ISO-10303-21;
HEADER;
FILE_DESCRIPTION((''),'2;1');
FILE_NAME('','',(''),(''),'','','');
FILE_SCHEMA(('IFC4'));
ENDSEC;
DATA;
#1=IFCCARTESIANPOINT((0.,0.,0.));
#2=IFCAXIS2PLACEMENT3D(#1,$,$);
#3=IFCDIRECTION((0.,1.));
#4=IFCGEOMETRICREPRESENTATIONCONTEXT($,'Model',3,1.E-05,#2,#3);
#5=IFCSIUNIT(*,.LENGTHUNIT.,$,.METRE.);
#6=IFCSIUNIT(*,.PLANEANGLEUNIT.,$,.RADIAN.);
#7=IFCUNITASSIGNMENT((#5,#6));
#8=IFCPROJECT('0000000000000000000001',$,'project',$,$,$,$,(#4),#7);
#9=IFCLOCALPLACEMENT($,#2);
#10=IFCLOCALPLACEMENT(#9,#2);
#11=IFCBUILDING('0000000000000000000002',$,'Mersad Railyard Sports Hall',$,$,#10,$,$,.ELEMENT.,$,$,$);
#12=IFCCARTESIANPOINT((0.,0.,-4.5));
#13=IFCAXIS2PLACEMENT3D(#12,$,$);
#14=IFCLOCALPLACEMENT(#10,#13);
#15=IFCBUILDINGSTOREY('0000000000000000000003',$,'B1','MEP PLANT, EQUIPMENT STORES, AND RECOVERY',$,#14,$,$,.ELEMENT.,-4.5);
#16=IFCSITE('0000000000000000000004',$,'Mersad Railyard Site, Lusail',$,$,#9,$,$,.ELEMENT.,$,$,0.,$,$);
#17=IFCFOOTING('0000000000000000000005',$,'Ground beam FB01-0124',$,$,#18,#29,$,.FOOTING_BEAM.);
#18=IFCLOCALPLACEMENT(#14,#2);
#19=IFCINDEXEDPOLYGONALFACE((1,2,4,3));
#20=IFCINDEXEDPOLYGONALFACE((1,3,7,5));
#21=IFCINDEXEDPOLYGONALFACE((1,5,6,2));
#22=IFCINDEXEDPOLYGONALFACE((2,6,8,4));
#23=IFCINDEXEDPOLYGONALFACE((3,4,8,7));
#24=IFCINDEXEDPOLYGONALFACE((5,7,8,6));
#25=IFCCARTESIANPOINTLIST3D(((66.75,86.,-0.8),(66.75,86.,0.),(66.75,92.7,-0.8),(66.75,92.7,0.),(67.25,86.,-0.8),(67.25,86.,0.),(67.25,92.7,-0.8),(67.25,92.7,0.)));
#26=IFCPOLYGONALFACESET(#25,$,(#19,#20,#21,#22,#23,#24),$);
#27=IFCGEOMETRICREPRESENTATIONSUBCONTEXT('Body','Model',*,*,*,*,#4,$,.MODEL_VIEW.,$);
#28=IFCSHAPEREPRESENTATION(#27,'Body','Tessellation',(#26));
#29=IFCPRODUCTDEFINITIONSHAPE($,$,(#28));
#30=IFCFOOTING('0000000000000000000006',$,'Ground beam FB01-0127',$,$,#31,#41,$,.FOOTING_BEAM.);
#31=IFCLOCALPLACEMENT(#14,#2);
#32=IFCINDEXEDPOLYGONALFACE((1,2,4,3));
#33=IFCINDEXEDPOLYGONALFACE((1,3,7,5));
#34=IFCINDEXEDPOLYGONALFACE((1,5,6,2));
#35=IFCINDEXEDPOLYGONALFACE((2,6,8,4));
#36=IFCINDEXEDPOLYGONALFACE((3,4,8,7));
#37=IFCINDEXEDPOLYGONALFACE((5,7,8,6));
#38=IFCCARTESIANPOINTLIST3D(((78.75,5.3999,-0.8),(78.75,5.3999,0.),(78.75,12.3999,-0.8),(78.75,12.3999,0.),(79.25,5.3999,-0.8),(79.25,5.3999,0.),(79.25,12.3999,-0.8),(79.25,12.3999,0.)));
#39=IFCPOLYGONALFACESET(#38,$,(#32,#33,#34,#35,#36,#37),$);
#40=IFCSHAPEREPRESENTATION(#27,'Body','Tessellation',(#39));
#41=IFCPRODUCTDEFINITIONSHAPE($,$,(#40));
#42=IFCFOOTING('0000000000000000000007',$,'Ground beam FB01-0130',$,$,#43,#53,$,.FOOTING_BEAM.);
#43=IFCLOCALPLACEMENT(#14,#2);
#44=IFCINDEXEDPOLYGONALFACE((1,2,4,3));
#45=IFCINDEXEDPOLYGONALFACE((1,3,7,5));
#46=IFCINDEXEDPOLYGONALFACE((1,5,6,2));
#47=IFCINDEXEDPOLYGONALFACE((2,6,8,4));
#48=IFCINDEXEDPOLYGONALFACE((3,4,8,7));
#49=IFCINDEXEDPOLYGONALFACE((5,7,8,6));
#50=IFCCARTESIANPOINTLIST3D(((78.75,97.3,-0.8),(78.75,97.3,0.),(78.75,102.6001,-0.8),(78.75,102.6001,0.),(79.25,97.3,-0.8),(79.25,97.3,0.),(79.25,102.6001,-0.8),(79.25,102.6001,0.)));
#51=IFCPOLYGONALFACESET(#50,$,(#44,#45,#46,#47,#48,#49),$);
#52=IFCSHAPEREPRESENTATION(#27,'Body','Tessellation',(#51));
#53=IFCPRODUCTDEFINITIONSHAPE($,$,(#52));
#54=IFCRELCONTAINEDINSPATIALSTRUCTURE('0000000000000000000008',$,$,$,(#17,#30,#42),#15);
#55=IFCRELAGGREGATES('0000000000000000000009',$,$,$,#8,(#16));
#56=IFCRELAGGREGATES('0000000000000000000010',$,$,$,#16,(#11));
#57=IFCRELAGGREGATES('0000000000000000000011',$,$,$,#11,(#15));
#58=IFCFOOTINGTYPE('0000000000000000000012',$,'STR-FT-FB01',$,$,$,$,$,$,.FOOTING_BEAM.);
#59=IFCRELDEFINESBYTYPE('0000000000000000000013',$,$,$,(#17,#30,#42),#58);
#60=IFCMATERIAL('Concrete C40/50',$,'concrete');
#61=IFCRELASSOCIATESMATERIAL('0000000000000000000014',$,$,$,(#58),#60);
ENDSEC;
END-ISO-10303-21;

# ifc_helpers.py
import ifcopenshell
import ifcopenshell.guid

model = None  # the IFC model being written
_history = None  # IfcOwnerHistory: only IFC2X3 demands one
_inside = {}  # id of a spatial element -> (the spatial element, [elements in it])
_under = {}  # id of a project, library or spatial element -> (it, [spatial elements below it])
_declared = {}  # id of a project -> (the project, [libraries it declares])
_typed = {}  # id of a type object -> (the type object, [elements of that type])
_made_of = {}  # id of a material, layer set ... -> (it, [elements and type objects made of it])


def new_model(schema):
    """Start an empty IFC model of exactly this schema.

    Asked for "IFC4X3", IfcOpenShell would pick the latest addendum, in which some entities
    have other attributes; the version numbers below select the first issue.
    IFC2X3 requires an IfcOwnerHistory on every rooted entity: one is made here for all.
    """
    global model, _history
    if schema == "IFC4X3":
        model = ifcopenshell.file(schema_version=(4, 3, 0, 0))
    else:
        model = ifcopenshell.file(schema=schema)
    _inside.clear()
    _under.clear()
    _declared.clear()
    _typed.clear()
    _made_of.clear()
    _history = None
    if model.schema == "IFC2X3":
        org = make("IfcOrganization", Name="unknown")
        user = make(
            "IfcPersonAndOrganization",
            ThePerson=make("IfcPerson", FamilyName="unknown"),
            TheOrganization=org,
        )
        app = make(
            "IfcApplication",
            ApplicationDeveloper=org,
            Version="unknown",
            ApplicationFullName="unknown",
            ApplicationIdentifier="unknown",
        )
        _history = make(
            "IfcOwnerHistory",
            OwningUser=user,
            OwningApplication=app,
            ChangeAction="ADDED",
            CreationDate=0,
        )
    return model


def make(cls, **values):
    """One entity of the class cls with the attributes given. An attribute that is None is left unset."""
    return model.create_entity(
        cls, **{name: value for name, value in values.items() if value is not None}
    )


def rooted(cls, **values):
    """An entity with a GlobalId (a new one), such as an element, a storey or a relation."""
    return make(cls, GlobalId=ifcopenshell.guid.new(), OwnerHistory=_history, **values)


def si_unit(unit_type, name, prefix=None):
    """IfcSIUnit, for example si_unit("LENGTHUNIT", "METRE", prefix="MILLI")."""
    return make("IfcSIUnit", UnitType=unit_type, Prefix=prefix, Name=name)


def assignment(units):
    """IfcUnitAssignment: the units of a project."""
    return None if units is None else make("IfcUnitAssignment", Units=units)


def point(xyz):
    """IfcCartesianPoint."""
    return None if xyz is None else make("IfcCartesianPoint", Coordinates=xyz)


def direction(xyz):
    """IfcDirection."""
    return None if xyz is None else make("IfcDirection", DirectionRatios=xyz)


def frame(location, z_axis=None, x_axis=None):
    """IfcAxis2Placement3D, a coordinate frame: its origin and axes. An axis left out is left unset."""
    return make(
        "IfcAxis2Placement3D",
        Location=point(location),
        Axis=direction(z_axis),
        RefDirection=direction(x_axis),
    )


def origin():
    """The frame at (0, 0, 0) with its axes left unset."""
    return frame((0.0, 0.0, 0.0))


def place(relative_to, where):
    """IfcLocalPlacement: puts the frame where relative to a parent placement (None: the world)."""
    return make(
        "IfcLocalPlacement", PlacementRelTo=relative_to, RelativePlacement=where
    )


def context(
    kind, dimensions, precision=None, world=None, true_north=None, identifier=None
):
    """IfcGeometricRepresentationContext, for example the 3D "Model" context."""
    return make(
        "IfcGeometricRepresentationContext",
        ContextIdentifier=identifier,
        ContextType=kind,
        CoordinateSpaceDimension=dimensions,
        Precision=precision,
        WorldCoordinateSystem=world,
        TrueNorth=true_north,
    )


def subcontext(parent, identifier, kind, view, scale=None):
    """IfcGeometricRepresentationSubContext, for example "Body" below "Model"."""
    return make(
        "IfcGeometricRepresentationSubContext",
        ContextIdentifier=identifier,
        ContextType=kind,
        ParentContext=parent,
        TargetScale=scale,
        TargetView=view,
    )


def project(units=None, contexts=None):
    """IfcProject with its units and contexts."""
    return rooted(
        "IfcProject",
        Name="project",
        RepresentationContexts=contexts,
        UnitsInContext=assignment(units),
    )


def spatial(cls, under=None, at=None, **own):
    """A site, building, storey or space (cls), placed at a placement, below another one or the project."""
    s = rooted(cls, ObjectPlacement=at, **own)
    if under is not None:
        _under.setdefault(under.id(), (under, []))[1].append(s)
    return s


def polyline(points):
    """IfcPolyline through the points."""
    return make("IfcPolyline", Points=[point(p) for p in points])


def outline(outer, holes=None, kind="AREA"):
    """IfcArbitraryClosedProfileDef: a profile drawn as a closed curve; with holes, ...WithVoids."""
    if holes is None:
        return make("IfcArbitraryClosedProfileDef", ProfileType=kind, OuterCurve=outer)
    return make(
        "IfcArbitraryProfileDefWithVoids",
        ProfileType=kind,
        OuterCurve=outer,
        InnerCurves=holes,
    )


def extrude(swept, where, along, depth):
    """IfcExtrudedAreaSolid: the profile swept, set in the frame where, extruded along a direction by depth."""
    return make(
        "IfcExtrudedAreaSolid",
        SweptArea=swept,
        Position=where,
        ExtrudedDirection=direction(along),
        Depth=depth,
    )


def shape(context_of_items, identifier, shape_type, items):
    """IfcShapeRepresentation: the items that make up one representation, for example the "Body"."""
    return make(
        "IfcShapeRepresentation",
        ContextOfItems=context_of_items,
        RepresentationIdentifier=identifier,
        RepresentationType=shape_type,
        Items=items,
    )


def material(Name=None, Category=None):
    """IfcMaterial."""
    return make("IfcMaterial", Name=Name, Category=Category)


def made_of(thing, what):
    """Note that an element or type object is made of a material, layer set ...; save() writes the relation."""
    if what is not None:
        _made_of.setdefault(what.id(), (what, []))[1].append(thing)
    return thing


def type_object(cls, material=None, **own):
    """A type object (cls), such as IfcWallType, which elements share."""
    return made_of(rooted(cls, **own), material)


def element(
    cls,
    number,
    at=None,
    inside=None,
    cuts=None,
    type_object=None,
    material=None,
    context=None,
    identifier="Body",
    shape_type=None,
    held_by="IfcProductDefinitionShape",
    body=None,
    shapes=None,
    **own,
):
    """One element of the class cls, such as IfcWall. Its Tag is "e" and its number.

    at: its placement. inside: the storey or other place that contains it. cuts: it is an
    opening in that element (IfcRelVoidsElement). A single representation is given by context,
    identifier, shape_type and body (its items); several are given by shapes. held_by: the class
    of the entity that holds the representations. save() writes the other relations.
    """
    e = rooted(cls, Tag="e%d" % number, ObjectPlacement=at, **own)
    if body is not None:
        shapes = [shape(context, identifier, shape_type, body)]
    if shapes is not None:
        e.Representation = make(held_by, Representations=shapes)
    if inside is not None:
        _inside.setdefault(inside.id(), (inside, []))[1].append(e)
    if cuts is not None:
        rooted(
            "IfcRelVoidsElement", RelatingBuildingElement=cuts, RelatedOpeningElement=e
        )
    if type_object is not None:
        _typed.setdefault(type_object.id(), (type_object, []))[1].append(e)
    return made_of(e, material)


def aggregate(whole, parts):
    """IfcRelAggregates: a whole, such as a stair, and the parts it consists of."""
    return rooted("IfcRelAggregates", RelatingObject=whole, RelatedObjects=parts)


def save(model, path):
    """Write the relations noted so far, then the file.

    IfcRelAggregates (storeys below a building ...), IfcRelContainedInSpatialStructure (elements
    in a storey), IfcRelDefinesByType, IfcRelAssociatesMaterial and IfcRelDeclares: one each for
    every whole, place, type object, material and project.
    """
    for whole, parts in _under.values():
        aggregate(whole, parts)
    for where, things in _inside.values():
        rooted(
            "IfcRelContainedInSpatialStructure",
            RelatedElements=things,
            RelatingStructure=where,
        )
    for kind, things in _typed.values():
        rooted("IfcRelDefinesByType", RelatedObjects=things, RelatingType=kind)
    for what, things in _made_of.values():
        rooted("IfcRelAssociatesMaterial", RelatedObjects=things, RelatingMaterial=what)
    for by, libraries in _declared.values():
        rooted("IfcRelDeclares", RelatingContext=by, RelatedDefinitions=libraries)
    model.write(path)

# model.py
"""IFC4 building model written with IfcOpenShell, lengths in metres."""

from ifc_helpers import new_model, si_unit, direction, frame, origin, place, context, subcontext, project, spatial, polyline, outline, extrude, material, type_object, element, save


model = new_model("IFC4")

# Units and contexts
model_context = context("Model", 3, precision=1e-05, world=origin(), true_north=direction((0.0, 1.0)))
body_context = subcontext(model_context, "Body", "Model", "MODEL_VIEW")
ifc_project = project(units=[si_unit("LENGTHUNIT", "METRE"), si_unit("PLANEANGLEUNIT", "RADIAN")], contexts=[model_context])

# Site, building, storey
site_placement = place(None, origin())
site = spatial("IfcSite", under=ifc_project, at=site_placement, Name="Mersad Railyard Site, Lusail", CompositionType="ELEMENT", RefElevation=0.0)
building_placement = place(site_placement, origin())
building = spatial("IfcBuilding", under=site, at=building_placement, Name="Mersad Railyard Sports Hall", CompositionType="ELEMENT")
storey_placement = place(building_placement, frame((0.0, 0.0, -4.5)))
storey = spatial("IfcBuildingStorey", under=building, at=storey_placement, Name="B1", Description="MEP PLANT, EQUIPMENT STORES, AND RECOVERY", CompositionType="ELEMENT", Elevation=-4.5)

# Footings
ifc_material = material(Name="Concrete C40/50", Category="concrete")
footing_type = type_object("IfcFootingType", Name="STR-FT-FB01", PredefinedType="FOOTING_BEAM", material=ifc_material)
footing_1_placement = place(storey_placement, frame((0.0, 0.0, -0.8)))
element("IfcFooting", 1, at=footing_1_placement, inside=storey, type_object=footing_type, Name="Ground beam FB01-0124", PredefinedType="FOOTING_BEAM", context=body_context, shape_type="SweptSolid", body=[
    extrude(outline(polyline([(66.75, 86.0), (67.25, 86.0), (67.25, 92.7), (66.75, 92.7), (66.75, 86.0)])), origin(), (0.0, 0.0, 1.0), 0.8),
])
footing_2_placement = place(storey_placement, frame((0.0, 0.0, -0.8)))
element("IfcFooting", 2, at=footing_2_placement, inside=storey, type_object=footing_type, Name="Ground beam FB01-0127", PredefinedType="FOOTING_BEAM", context=body_context, shape_type="SweptSolid", body=[
    extrude(outline(polyline([(78.75, 5.3999), (79.25, 5.3999), (79.25, 12.3999), (78.75, 12.3999), (78.75, 5.3999)])), origin(), (0.0, 0.0, 1.0), 0.8),
])
footing_3_placement = place(storey_placement, frame((0.0, 0.0, -0.8)))
element("IfcFooting", 3, at=footing_3_placement, inside=storey, type_object=footing_type, Name="Ground beam FB01-0130", PredefinedType="FOOTING_BEAM", context=body_context, shape_type="SweptSolid", body=[
    extrude(outline(polyline([(78.75, 97.3), (79.25, 97.3), (79.25, 102.6001), (78.75, 102.6001), (78.75, 97.3)])), origin(), (0.0, 0.0, 1.0), 0.8),
])

save(model, "model.ifc")
